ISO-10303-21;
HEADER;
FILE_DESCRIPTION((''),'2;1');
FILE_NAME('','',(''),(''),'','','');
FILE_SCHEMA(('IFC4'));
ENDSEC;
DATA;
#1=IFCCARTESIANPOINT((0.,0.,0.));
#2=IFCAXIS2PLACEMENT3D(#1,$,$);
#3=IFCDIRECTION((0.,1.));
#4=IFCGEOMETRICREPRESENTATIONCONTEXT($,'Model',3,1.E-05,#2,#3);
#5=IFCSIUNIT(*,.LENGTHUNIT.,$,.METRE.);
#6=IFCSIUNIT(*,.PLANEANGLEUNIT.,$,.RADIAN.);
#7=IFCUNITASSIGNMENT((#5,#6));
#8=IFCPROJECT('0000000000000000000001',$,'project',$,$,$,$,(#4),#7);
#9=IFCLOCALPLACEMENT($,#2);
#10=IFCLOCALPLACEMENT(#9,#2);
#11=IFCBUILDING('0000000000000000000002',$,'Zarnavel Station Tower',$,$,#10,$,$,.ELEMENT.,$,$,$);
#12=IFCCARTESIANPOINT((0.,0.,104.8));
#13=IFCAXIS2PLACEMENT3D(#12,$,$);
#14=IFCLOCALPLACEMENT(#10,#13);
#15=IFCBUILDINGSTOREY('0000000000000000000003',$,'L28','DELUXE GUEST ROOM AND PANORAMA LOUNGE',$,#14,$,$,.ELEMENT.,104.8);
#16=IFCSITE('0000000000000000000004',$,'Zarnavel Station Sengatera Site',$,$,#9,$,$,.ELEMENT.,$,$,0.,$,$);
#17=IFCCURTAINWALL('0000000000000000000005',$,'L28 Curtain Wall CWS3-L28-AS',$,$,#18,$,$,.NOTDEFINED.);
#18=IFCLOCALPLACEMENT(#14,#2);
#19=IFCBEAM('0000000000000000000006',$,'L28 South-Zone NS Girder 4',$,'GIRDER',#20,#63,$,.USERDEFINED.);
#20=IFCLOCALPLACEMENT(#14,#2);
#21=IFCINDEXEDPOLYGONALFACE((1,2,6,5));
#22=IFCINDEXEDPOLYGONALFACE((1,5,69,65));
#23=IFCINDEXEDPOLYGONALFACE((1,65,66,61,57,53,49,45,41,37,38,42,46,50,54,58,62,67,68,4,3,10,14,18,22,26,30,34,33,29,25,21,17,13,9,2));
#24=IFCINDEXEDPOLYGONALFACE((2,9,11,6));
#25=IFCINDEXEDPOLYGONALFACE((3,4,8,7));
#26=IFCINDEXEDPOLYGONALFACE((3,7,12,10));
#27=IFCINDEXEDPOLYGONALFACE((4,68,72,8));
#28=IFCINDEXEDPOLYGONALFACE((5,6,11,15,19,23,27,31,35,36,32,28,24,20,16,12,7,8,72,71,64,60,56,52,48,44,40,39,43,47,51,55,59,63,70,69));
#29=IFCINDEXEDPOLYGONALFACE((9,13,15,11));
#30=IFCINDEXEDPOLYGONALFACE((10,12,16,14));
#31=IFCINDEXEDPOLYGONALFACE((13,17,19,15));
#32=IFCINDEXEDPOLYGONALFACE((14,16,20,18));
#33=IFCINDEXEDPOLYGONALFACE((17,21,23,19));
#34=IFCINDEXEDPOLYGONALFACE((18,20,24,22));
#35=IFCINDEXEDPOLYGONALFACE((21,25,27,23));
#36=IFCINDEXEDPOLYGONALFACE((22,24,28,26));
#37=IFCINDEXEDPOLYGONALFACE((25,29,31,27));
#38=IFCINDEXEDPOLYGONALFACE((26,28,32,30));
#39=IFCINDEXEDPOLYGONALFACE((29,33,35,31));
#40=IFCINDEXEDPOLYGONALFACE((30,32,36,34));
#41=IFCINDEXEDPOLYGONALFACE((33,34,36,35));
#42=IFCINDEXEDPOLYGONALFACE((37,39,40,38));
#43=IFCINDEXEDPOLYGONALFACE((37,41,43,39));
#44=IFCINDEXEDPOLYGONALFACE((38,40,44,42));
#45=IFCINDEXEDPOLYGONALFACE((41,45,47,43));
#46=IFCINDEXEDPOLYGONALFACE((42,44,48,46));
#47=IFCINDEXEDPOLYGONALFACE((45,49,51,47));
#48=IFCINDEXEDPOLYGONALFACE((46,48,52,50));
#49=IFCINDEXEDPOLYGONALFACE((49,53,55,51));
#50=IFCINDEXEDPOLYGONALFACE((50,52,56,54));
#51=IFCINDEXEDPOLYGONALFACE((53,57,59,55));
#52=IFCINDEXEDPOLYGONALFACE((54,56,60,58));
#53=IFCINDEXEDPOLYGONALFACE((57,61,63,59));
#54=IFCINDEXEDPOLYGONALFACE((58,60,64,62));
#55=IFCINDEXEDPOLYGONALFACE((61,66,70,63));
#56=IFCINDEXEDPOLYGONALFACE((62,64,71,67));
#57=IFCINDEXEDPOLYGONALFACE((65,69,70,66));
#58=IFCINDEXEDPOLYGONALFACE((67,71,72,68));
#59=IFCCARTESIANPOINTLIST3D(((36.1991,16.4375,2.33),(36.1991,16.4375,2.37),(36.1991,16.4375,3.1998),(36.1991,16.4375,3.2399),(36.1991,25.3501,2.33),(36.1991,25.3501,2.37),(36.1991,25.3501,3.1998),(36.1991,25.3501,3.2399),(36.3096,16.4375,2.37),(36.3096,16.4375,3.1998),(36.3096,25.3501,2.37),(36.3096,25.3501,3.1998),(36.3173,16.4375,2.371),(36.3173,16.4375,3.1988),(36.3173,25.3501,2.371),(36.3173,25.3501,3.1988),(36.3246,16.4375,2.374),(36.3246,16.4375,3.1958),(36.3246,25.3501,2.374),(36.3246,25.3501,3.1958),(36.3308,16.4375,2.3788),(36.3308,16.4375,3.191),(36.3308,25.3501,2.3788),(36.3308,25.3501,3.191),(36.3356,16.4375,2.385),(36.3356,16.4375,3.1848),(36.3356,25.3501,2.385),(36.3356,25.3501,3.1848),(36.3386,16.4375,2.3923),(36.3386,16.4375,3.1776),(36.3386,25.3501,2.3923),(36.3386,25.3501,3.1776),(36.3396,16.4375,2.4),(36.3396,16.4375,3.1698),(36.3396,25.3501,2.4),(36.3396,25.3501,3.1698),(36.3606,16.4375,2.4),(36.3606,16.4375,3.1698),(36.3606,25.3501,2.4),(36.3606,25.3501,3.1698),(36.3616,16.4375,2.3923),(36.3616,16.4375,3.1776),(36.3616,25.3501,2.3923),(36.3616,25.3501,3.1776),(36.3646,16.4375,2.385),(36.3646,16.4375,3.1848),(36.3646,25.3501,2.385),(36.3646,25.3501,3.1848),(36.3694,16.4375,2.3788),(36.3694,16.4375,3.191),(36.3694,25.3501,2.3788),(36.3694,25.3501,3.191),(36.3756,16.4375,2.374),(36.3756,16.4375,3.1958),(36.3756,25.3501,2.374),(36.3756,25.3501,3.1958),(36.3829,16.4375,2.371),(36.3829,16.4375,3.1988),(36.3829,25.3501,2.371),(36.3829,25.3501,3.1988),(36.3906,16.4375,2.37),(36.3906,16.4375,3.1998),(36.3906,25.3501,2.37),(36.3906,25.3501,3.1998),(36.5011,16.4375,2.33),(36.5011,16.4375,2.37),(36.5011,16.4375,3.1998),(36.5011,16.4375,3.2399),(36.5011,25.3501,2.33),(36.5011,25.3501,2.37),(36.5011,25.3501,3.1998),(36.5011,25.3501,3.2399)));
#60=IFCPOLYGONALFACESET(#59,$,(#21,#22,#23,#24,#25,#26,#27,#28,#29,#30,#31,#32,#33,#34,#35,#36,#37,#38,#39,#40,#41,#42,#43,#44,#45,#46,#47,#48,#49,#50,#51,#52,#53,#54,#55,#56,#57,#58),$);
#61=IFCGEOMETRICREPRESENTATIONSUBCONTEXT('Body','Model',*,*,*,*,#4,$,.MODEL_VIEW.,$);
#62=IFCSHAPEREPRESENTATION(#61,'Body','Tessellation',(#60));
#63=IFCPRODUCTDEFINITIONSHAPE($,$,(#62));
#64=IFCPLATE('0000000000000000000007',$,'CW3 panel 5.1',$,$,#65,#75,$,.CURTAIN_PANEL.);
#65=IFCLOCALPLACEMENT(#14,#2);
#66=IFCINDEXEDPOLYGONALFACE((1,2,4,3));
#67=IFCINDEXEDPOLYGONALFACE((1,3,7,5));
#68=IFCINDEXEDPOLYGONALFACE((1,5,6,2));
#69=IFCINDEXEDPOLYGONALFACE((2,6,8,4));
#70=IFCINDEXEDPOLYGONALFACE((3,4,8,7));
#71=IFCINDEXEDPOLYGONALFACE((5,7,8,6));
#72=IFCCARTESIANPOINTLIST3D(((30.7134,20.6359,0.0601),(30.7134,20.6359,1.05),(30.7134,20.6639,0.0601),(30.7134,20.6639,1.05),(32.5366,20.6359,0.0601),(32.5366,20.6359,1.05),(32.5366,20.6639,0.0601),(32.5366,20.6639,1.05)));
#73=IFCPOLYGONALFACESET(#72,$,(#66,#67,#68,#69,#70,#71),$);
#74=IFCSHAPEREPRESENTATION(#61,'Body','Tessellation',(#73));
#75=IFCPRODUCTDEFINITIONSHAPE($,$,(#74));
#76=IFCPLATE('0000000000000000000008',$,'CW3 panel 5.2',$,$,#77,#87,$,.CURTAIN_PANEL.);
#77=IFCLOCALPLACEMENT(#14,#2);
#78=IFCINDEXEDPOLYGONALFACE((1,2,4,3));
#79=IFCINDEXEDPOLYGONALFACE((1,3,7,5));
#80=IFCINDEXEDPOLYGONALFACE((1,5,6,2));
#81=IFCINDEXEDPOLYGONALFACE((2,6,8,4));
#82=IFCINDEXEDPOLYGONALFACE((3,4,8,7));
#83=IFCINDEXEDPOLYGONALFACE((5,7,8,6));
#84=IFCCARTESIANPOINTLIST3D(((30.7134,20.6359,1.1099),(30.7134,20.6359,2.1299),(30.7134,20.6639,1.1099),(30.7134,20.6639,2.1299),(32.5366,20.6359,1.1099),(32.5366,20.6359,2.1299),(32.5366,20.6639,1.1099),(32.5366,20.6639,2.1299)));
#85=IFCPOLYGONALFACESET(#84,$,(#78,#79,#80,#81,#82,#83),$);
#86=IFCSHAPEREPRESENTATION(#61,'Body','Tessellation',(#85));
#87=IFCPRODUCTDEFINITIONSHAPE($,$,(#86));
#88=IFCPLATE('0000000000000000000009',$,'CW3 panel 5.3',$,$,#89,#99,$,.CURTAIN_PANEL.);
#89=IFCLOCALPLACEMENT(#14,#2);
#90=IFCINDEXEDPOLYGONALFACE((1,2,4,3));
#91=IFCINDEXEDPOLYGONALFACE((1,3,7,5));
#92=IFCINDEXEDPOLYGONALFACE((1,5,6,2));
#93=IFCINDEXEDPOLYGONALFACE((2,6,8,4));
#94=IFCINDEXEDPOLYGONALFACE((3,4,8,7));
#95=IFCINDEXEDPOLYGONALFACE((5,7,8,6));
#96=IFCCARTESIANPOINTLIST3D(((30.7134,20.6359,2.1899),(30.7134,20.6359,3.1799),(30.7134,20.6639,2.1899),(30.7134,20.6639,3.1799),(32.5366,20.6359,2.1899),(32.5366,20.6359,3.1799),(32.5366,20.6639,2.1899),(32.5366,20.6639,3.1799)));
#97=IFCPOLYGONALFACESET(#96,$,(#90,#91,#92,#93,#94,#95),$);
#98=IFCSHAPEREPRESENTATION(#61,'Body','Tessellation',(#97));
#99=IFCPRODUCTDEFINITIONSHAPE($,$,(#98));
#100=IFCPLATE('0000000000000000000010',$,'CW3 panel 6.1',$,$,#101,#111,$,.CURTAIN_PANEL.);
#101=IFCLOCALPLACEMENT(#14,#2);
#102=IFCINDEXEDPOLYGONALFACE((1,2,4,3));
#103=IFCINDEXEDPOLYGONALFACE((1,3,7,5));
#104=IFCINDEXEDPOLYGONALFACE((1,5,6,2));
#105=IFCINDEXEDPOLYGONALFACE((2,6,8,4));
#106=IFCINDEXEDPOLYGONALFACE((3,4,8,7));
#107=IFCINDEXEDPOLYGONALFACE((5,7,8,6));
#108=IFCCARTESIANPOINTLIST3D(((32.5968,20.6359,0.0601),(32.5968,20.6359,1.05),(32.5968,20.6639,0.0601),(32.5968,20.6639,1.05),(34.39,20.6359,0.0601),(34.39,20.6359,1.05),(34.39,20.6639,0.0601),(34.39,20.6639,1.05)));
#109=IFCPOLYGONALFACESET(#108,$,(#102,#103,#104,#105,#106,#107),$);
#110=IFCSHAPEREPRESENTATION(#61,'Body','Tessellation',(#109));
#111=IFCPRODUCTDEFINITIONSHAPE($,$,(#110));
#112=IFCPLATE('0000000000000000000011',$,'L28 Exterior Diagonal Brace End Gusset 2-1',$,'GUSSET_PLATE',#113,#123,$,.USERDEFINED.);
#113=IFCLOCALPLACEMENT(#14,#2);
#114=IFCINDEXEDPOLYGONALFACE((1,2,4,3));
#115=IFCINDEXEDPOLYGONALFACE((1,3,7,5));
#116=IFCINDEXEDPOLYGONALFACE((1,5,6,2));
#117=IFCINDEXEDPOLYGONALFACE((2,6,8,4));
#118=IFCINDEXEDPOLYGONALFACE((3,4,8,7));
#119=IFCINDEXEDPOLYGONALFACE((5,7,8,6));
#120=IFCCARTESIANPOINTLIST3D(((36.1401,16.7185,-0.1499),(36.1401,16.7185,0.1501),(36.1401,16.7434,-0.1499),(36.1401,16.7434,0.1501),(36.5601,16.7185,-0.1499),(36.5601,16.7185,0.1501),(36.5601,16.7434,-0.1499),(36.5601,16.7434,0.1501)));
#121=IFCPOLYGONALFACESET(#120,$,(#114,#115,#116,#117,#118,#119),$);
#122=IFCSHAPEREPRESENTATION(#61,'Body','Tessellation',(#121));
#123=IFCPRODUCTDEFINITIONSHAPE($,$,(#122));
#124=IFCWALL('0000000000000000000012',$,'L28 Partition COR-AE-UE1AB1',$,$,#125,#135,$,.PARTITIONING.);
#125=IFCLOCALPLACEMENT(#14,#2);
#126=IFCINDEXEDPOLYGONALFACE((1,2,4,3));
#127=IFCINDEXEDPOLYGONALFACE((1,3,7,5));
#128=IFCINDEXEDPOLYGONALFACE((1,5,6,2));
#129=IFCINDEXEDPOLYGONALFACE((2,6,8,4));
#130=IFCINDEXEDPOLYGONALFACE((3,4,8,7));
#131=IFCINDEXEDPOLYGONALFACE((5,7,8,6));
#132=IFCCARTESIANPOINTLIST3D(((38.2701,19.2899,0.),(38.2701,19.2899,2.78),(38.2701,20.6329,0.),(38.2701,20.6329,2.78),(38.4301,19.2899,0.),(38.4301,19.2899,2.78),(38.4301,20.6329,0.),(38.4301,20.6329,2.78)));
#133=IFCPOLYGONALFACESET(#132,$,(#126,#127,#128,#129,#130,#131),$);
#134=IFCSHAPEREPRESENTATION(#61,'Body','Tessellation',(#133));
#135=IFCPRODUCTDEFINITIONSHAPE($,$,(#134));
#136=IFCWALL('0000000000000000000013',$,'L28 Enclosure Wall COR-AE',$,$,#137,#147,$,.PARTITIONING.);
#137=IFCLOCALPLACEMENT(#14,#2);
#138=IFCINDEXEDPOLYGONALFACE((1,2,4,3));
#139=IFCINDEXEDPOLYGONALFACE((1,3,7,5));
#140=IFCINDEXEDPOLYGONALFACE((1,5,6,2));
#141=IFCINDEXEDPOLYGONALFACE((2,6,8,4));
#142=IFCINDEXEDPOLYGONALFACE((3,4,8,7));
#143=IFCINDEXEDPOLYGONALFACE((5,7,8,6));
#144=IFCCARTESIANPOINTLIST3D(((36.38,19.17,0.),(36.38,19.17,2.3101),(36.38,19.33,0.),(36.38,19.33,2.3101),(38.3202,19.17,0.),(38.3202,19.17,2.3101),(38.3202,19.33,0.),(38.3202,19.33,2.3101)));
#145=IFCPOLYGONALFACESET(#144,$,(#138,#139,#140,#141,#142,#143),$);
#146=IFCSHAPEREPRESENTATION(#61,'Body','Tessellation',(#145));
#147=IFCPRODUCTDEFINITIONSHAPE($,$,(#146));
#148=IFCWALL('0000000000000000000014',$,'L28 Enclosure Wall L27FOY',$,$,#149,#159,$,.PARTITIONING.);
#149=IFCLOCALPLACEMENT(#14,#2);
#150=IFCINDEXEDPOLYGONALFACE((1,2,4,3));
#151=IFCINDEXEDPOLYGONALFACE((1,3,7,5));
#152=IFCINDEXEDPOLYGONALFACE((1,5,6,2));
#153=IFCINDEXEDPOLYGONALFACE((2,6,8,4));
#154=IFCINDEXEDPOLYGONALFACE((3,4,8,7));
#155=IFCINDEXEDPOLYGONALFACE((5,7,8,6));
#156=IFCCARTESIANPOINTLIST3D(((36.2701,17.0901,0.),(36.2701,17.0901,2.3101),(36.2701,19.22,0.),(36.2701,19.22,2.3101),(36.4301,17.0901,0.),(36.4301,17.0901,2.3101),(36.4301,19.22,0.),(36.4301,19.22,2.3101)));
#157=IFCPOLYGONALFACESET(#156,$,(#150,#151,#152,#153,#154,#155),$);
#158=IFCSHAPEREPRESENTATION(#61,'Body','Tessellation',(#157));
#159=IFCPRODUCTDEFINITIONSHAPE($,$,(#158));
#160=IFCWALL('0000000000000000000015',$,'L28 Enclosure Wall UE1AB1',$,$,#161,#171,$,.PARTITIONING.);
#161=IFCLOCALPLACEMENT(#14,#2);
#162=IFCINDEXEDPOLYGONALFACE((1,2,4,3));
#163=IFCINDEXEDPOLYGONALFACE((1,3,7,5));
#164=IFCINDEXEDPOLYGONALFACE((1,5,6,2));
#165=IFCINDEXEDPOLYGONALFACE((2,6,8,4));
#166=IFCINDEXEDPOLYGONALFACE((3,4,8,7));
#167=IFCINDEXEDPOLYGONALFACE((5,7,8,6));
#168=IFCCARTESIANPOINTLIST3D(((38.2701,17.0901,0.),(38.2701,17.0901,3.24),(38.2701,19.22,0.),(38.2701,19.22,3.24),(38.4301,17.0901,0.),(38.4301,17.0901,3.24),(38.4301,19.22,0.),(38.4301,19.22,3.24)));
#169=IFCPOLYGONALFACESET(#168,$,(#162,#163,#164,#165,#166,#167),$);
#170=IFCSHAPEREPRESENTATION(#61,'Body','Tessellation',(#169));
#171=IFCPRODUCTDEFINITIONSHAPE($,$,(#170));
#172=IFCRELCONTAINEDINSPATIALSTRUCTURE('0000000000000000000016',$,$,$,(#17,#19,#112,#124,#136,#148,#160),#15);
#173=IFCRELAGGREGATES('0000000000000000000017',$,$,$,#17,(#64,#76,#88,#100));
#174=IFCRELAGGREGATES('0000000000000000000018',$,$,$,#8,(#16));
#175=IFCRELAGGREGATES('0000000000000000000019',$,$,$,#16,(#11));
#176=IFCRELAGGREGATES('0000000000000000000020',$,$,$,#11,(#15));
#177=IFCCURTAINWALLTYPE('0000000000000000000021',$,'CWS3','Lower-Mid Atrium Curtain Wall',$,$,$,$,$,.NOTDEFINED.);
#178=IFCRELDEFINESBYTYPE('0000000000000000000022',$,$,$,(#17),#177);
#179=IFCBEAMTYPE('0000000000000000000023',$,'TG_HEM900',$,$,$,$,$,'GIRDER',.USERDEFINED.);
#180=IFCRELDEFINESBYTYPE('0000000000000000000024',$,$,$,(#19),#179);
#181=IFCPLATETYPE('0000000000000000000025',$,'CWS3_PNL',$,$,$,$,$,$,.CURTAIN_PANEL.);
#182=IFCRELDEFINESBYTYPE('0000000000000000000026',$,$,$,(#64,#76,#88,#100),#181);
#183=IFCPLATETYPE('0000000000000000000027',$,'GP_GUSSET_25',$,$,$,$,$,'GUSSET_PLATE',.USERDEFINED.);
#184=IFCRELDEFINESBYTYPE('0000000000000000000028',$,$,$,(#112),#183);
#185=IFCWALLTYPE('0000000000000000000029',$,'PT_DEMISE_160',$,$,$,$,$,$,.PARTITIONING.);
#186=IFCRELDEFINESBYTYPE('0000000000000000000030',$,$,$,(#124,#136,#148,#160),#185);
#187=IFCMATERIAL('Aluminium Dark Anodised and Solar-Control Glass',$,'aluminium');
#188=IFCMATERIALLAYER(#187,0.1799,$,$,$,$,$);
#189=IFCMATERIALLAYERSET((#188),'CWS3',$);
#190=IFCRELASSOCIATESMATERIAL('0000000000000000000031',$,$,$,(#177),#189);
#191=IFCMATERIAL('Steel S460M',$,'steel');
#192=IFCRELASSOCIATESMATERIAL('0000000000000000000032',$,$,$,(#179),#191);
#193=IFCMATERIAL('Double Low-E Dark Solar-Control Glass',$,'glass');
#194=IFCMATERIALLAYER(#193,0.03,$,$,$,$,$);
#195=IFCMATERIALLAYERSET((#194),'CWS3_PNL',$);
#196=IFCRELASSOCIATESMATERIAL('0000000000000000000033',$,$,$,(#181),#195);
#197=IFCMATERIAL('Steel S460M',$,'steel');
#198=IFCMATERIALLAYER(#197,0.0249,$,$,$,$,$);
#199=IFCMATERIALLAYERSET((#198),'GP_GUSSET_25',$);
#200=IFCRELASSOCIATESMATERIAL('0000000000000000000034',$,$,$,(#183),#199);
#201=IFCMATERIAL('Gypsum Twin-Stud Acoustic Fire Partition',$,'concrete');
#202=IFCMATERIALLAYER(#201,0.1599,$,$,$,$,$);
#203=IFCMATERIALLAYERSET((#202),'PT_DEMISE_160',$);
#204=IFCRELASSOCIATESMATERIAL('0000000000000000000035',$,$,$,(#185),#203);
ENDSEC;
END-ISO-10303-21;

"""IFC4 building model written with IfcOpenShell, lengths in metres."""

from ifc_helpers import new_model, si_unit, direction, frame, frame_2d, origin, origin_2d, place, context, subcontext, project, spatial, rectangle, i_section, extrude, material, layer, layer_set, material_profile, profile_set, type_object, element, aggregate, save


model = new_model("IFC4")

# Units and contexts
model_context = context("Model", 3, precision=1e-05, world=origin(), true_north=direction((0.0, 1.0)))
body_context = subcontext(model_context, "Body", "Model", "MODEL_VIEW")
ifc_project = project(units=[si_unit("LENGTHUNIT", "METRE"), si_unit("PLANEANGLEUNIT", "RADIAN")], contexts=[model_context])

# Site, building, storey
site_placement = place(None, origin())
site = spatial("IfcSite", under=ifc_project, at=site_placement, Name="Zarnavel Station Sengatera Site", CompositionType="ELEMENT", RefElevation=0.0)
building_placement = place(site_placement, origin())
building = spatial("IfcBuilding", under=site, at=building_placement, Name="Zarnavel Station Tower", CompositionType="ELEMENT")
storey_placement = place(building_placement, frame((0.0, 0.0, 104.8)))
storey = spatial("IfcBuildingStorey", under=building, at=storey_placement, Name="L28", Description="DELUXE GUEST ROOM AND PANORAMA LOUNGE", CompositionType="ELEMENT", Elevation=104.8)

# Curtain wall
ifc_material_1 = material(Name="Aluminium Dark Anodised and Solar-Control Glass", Category="aluminium")
ifc_layer_1 = layer(ifc_material_1, 0.1799)
ifc_layer_set_1 = layer_set([ifc_layer_1], Name="CWS3")
curtain_wall_type = type_object("IfcCurtainWallType", Name="CWS3", Description="Lower-Mid Atrium Curtain Wall", PredefinedType="NOTDEFINED", material=ifc_layer_set_1)
curtain_wall_placement = place(storey_placement, origin())
curtain_wall = element("IfcCurtainWall", 1, at=curtain_wall_placement, inside=storey, type_object=curtain_wall_type, Name="L28 Curtain Wall CWS3-L28-AS", PredefinedType="NOTDEFINED")

# Beam
ifc_material_2 = material(Name="Steel S460M", Category="steel")
ifc_material_profile_1 = material_profile(ifc_material_2, i_section(OverallWidth=0.302, OverallDepth=0.9099, WebThickness=0.021, FlangeThickness=0.04, FilletRadius=0.03, at=origin_2d()), Name="HEM900")
ifc_profile_set_1 = profile_set([ifc_material_profile_1], Name="Steel S460M")
beam_type_1 = type_object("IfcBeamType", Name="TG_HEM900", ElementType="GIRDER", PredefinedType="USERDEFINED", material=ifc_profile_set_1)
beam_1_placement = place(storey_placement, frame((36.3501, 16.4375, 2.7849), z_axis=(0.0, 1.0, 0.0), x_axis=(-1.0, 0.0, 0.0)))
element("IfcBeam", 2, at=beam_1_placement, inside=storey, type_object=beam_type_1, Name="L28 South-Zone NS Girder 4", ObjectType="GIRDER", PredefinedType="USERDEFINED", context=body_context, shape_type="SweptSolid", body=[
    extrude(i_section(OverallWidth=0.302, OverallDepth=0.9099, WebThickness=0.021, FlangeThickness=0.04, FilletRadius=0.03, at=origin_2d()), origin(), (0.0, 0.0, 1.0), 8.9126),
])

# Plates
ifc_material_3 = material(Name="Double Low-E Dark Solar-Control Glass", Category="glass")
ifc_layer_2 = layer(ifc_material_3, 0.03)
ifc_layer_set_2 = layer_set([ifc_layer_2], Name="CWS3_PNL")
plate_type_1 = type_object("IfcPlateType", Name="CWS3_PNL", PredefinedType="CURTAIN_PANEL", material=ifc_layer_set_2)
plate_1_placement = place(storey_placement, frame((31.625, 20.6499, 0.0601), z_axis=(0.0, 0.0, 1.0), x_axis=(1.0, 0.0, 0.0)))
plate_1 = element("IfcPlate", 3, at=plate_1_placement, type_object=plate_type_1, Name="CW3 panel 5.1", PredefinedType="CURTAIN_PANEL", context=body_context, shape_type="SweptSolid", body=[
    extrude(rectangle(XDim=1.8232, YDim=0.0281, at=origin_2d()), origin(), (0.0, 0.0, 1.0), 0.99),
])
plate_2_placement = place(storey_placement, frame((31.625, 20.6499, 1.1099), z_axis=(0.0, 0.0, 1.0), x_axis=(1.0, 0.0, 0.0)))
plate_2 = element("IfcPlate", 4, at=plate_2_placement, type_object=plate_type_1, Name="CW3 panel 5.2", PredefinedType="CURTAIN_PANEL", context=body_context, shape_type="SweptSolid", body=[
    extrude(rectangle(XDim=1.8232, YDim=0.0281, at=origin_2d()), origin(), (0.0, 0.0, 1.0), 1.02),
])
plate_3_placement = place(storey_placement, frame((31.625, 20.6499, 2.1899), z_axis=(0.0, 0.0, 1.0), x_axis=(1.0, 0.0, 0.0)))
plate_3 = element("IfcPlate", 5, at=plate_3_placement, type_object=plate_type_1, Name="CW3 panel 5.3", PredefinedType="CURTAIN_PANEL", context=body_context, shape_type="SweptSolid", body=[
    extrude(rectangle(XDim=1.8232, YDim=0.0281, at=origin_2d()), origin(), (0.0, 0.0, 1.0), 0.99),
])
plate_4_placement = place(storey_placement, frame((33.4934, 20.6499, 0.0601), z_axis=(0.0, 0.0, 1.0), x_axis=(1.0, 0.0, 0.0)))
plate_4 = element("IfcPlate", 6, at=plate_4_placement, type_object=plate_type_1, Name="CW3 panel 6.1", PredefinedType="CURTAIN_PANEL", context=body_context, shape_type="SweptSolid", body=[
    extrude(rectangle(XDim=1.7932, YDim=0.0281, at=origin_2d()), origin(), (0.0, 0.0, 1.0), 0.99),
])
aggregate(curtain_wall, [plate_1, plate_2, plate_3, plate_4])
ifc_material_4 = material(Name="Steel S460M", Category="steel")
ifc_layer_3 = layer(ifc_material_4, 0.0249)
ifc_layer_set_3 = layer_set([ifc_layer_3], Name="GP_GUSSET_25")
plate_type_2 = type_object("IfcPlateType", Name="GP_GUSSET_25", ElementType="GUSSET_PLATE", PredefinedType="USERDEFINED", material=ifc_layer_set_3)
plate_5_placement = place(storey_placement, frame((36.3501, 16.731, -0.1499), z_axis=(0.0, 0.0, 1.0), x_axis=(1.0, 0.0, 0.0)))
element("IfcPlate", 7, at=plate_5_placement, inside=storey, type_object=plate_type_2, Name="L28 Exterior Diagonal Brace End Gusset 2-1", ObjectType="GUSSET_PLATE", PredefinedType="USERDEFINED", context=body_context, shape_type="SweptSolid", body=[
    extrude(rectangle(XDim=0.4199, YDim=0.0249, at=origin_2d()), origin(), (0.0, 0.0, 1.0), 0.3),
])

# Walls
ifc_material_5 = material(Name="Gypsum Twin-Stud Acoustic Fire Partition", Category="concrete")
ifc_layer_4 = layer(ifc_material_5, 0.1599)
ifc_layer_set_4 = layer_set([ifc_layer_4], Name="PT_DEMISE_160")
wall_type = type_object("IfcWallType", Name="PT_DEMISE_160", PredefinedType="PARTITIONING", material=ifc_layer_set_4)
wall_1_placement = place(storey_placement, frame((38.3501, 19.29, 0.0), z_axis=(0.0, 0.0, 1.0), x_axis=(0.0, 1.0, 0.0)))
element("IfcWall", 8, at=wall_1_placement, inside=storey, type_object=wall_type, Name="L28 Partition COR-AE-UE1AB1", PredefinedType="PARTITIONING", context=body_context, shape_type="SweptSolid", body=[
    extrude(rectangle(XDim=1.343, YDim=0.1599, at=frame_2d((0.6714, 0.0))), origin(), (0.0, 0.0, 1.0), 2.78),
])
wall_2_placement = place(storey_placement, frame((36.3799, 19.25, 0.0), z_axis=(0.0, 0.0, 1.0), x_axis=(1.0, 0.0, 0.0)))
element("IfcWall", 9, at=wall_2_placement, inside=storey, type_object=wall_type, Name="L28 Enclosure Wall COR-AE", PredefinedType="PARTITIONING", context=body_context, shape_type="SweptSolid", body=[
    extrude(rectangle(XDim=1.9402, YDim=0.1599, at=frame_2d((0.9702, 0.0))), origin(), (0.0, 0.0, 1.0), 2.3101),
])
wall_3_placement = place(storey_placement, frame((36.3501, 17.0901, 0.0), z_axis=(0.0, 0.0, 1.0), x_axis=(0.0, 1.0, 0.0)))
element("IfcWall", 10, at=wall_3_placement, inside=storey, type_object=wall_type, Name="L28 Enclosure Wall L27FOY", PredefinedType="PARTITIONING", context=body_context, shape_type="SweptSolid", body=[
    extrude(rectangle(XDim=2.1299, YDim=0.1599, at=frame_2d((1.0649, 0.0))), origin(), (0.0, 0.0, 1.0), 2.3101),
])
wall_4_placement = place(storey_placement, frame((38.3501, 17.0901, 0.0), z_axis=(0.0, 0.0, 1.0), x_axis=(0.0, 1.0, 0.0)))
element("IfcWall", 11, at=wall_4_placement, inside=storey, type_object=wall_type, Name="L28 Enclosure Wall UE1AB1", PredefinedType="PARTITIONING", context=body_context, shape_type="SweptSolid", body=[
    extrude(rectangle(XDim=2.1299, YDim=0.1599, at=frame_2d((1.0649, 0.0))), origin(), (0.0, 0.0, 1.0), 3.24),
])

save(model, "model.ifc")
